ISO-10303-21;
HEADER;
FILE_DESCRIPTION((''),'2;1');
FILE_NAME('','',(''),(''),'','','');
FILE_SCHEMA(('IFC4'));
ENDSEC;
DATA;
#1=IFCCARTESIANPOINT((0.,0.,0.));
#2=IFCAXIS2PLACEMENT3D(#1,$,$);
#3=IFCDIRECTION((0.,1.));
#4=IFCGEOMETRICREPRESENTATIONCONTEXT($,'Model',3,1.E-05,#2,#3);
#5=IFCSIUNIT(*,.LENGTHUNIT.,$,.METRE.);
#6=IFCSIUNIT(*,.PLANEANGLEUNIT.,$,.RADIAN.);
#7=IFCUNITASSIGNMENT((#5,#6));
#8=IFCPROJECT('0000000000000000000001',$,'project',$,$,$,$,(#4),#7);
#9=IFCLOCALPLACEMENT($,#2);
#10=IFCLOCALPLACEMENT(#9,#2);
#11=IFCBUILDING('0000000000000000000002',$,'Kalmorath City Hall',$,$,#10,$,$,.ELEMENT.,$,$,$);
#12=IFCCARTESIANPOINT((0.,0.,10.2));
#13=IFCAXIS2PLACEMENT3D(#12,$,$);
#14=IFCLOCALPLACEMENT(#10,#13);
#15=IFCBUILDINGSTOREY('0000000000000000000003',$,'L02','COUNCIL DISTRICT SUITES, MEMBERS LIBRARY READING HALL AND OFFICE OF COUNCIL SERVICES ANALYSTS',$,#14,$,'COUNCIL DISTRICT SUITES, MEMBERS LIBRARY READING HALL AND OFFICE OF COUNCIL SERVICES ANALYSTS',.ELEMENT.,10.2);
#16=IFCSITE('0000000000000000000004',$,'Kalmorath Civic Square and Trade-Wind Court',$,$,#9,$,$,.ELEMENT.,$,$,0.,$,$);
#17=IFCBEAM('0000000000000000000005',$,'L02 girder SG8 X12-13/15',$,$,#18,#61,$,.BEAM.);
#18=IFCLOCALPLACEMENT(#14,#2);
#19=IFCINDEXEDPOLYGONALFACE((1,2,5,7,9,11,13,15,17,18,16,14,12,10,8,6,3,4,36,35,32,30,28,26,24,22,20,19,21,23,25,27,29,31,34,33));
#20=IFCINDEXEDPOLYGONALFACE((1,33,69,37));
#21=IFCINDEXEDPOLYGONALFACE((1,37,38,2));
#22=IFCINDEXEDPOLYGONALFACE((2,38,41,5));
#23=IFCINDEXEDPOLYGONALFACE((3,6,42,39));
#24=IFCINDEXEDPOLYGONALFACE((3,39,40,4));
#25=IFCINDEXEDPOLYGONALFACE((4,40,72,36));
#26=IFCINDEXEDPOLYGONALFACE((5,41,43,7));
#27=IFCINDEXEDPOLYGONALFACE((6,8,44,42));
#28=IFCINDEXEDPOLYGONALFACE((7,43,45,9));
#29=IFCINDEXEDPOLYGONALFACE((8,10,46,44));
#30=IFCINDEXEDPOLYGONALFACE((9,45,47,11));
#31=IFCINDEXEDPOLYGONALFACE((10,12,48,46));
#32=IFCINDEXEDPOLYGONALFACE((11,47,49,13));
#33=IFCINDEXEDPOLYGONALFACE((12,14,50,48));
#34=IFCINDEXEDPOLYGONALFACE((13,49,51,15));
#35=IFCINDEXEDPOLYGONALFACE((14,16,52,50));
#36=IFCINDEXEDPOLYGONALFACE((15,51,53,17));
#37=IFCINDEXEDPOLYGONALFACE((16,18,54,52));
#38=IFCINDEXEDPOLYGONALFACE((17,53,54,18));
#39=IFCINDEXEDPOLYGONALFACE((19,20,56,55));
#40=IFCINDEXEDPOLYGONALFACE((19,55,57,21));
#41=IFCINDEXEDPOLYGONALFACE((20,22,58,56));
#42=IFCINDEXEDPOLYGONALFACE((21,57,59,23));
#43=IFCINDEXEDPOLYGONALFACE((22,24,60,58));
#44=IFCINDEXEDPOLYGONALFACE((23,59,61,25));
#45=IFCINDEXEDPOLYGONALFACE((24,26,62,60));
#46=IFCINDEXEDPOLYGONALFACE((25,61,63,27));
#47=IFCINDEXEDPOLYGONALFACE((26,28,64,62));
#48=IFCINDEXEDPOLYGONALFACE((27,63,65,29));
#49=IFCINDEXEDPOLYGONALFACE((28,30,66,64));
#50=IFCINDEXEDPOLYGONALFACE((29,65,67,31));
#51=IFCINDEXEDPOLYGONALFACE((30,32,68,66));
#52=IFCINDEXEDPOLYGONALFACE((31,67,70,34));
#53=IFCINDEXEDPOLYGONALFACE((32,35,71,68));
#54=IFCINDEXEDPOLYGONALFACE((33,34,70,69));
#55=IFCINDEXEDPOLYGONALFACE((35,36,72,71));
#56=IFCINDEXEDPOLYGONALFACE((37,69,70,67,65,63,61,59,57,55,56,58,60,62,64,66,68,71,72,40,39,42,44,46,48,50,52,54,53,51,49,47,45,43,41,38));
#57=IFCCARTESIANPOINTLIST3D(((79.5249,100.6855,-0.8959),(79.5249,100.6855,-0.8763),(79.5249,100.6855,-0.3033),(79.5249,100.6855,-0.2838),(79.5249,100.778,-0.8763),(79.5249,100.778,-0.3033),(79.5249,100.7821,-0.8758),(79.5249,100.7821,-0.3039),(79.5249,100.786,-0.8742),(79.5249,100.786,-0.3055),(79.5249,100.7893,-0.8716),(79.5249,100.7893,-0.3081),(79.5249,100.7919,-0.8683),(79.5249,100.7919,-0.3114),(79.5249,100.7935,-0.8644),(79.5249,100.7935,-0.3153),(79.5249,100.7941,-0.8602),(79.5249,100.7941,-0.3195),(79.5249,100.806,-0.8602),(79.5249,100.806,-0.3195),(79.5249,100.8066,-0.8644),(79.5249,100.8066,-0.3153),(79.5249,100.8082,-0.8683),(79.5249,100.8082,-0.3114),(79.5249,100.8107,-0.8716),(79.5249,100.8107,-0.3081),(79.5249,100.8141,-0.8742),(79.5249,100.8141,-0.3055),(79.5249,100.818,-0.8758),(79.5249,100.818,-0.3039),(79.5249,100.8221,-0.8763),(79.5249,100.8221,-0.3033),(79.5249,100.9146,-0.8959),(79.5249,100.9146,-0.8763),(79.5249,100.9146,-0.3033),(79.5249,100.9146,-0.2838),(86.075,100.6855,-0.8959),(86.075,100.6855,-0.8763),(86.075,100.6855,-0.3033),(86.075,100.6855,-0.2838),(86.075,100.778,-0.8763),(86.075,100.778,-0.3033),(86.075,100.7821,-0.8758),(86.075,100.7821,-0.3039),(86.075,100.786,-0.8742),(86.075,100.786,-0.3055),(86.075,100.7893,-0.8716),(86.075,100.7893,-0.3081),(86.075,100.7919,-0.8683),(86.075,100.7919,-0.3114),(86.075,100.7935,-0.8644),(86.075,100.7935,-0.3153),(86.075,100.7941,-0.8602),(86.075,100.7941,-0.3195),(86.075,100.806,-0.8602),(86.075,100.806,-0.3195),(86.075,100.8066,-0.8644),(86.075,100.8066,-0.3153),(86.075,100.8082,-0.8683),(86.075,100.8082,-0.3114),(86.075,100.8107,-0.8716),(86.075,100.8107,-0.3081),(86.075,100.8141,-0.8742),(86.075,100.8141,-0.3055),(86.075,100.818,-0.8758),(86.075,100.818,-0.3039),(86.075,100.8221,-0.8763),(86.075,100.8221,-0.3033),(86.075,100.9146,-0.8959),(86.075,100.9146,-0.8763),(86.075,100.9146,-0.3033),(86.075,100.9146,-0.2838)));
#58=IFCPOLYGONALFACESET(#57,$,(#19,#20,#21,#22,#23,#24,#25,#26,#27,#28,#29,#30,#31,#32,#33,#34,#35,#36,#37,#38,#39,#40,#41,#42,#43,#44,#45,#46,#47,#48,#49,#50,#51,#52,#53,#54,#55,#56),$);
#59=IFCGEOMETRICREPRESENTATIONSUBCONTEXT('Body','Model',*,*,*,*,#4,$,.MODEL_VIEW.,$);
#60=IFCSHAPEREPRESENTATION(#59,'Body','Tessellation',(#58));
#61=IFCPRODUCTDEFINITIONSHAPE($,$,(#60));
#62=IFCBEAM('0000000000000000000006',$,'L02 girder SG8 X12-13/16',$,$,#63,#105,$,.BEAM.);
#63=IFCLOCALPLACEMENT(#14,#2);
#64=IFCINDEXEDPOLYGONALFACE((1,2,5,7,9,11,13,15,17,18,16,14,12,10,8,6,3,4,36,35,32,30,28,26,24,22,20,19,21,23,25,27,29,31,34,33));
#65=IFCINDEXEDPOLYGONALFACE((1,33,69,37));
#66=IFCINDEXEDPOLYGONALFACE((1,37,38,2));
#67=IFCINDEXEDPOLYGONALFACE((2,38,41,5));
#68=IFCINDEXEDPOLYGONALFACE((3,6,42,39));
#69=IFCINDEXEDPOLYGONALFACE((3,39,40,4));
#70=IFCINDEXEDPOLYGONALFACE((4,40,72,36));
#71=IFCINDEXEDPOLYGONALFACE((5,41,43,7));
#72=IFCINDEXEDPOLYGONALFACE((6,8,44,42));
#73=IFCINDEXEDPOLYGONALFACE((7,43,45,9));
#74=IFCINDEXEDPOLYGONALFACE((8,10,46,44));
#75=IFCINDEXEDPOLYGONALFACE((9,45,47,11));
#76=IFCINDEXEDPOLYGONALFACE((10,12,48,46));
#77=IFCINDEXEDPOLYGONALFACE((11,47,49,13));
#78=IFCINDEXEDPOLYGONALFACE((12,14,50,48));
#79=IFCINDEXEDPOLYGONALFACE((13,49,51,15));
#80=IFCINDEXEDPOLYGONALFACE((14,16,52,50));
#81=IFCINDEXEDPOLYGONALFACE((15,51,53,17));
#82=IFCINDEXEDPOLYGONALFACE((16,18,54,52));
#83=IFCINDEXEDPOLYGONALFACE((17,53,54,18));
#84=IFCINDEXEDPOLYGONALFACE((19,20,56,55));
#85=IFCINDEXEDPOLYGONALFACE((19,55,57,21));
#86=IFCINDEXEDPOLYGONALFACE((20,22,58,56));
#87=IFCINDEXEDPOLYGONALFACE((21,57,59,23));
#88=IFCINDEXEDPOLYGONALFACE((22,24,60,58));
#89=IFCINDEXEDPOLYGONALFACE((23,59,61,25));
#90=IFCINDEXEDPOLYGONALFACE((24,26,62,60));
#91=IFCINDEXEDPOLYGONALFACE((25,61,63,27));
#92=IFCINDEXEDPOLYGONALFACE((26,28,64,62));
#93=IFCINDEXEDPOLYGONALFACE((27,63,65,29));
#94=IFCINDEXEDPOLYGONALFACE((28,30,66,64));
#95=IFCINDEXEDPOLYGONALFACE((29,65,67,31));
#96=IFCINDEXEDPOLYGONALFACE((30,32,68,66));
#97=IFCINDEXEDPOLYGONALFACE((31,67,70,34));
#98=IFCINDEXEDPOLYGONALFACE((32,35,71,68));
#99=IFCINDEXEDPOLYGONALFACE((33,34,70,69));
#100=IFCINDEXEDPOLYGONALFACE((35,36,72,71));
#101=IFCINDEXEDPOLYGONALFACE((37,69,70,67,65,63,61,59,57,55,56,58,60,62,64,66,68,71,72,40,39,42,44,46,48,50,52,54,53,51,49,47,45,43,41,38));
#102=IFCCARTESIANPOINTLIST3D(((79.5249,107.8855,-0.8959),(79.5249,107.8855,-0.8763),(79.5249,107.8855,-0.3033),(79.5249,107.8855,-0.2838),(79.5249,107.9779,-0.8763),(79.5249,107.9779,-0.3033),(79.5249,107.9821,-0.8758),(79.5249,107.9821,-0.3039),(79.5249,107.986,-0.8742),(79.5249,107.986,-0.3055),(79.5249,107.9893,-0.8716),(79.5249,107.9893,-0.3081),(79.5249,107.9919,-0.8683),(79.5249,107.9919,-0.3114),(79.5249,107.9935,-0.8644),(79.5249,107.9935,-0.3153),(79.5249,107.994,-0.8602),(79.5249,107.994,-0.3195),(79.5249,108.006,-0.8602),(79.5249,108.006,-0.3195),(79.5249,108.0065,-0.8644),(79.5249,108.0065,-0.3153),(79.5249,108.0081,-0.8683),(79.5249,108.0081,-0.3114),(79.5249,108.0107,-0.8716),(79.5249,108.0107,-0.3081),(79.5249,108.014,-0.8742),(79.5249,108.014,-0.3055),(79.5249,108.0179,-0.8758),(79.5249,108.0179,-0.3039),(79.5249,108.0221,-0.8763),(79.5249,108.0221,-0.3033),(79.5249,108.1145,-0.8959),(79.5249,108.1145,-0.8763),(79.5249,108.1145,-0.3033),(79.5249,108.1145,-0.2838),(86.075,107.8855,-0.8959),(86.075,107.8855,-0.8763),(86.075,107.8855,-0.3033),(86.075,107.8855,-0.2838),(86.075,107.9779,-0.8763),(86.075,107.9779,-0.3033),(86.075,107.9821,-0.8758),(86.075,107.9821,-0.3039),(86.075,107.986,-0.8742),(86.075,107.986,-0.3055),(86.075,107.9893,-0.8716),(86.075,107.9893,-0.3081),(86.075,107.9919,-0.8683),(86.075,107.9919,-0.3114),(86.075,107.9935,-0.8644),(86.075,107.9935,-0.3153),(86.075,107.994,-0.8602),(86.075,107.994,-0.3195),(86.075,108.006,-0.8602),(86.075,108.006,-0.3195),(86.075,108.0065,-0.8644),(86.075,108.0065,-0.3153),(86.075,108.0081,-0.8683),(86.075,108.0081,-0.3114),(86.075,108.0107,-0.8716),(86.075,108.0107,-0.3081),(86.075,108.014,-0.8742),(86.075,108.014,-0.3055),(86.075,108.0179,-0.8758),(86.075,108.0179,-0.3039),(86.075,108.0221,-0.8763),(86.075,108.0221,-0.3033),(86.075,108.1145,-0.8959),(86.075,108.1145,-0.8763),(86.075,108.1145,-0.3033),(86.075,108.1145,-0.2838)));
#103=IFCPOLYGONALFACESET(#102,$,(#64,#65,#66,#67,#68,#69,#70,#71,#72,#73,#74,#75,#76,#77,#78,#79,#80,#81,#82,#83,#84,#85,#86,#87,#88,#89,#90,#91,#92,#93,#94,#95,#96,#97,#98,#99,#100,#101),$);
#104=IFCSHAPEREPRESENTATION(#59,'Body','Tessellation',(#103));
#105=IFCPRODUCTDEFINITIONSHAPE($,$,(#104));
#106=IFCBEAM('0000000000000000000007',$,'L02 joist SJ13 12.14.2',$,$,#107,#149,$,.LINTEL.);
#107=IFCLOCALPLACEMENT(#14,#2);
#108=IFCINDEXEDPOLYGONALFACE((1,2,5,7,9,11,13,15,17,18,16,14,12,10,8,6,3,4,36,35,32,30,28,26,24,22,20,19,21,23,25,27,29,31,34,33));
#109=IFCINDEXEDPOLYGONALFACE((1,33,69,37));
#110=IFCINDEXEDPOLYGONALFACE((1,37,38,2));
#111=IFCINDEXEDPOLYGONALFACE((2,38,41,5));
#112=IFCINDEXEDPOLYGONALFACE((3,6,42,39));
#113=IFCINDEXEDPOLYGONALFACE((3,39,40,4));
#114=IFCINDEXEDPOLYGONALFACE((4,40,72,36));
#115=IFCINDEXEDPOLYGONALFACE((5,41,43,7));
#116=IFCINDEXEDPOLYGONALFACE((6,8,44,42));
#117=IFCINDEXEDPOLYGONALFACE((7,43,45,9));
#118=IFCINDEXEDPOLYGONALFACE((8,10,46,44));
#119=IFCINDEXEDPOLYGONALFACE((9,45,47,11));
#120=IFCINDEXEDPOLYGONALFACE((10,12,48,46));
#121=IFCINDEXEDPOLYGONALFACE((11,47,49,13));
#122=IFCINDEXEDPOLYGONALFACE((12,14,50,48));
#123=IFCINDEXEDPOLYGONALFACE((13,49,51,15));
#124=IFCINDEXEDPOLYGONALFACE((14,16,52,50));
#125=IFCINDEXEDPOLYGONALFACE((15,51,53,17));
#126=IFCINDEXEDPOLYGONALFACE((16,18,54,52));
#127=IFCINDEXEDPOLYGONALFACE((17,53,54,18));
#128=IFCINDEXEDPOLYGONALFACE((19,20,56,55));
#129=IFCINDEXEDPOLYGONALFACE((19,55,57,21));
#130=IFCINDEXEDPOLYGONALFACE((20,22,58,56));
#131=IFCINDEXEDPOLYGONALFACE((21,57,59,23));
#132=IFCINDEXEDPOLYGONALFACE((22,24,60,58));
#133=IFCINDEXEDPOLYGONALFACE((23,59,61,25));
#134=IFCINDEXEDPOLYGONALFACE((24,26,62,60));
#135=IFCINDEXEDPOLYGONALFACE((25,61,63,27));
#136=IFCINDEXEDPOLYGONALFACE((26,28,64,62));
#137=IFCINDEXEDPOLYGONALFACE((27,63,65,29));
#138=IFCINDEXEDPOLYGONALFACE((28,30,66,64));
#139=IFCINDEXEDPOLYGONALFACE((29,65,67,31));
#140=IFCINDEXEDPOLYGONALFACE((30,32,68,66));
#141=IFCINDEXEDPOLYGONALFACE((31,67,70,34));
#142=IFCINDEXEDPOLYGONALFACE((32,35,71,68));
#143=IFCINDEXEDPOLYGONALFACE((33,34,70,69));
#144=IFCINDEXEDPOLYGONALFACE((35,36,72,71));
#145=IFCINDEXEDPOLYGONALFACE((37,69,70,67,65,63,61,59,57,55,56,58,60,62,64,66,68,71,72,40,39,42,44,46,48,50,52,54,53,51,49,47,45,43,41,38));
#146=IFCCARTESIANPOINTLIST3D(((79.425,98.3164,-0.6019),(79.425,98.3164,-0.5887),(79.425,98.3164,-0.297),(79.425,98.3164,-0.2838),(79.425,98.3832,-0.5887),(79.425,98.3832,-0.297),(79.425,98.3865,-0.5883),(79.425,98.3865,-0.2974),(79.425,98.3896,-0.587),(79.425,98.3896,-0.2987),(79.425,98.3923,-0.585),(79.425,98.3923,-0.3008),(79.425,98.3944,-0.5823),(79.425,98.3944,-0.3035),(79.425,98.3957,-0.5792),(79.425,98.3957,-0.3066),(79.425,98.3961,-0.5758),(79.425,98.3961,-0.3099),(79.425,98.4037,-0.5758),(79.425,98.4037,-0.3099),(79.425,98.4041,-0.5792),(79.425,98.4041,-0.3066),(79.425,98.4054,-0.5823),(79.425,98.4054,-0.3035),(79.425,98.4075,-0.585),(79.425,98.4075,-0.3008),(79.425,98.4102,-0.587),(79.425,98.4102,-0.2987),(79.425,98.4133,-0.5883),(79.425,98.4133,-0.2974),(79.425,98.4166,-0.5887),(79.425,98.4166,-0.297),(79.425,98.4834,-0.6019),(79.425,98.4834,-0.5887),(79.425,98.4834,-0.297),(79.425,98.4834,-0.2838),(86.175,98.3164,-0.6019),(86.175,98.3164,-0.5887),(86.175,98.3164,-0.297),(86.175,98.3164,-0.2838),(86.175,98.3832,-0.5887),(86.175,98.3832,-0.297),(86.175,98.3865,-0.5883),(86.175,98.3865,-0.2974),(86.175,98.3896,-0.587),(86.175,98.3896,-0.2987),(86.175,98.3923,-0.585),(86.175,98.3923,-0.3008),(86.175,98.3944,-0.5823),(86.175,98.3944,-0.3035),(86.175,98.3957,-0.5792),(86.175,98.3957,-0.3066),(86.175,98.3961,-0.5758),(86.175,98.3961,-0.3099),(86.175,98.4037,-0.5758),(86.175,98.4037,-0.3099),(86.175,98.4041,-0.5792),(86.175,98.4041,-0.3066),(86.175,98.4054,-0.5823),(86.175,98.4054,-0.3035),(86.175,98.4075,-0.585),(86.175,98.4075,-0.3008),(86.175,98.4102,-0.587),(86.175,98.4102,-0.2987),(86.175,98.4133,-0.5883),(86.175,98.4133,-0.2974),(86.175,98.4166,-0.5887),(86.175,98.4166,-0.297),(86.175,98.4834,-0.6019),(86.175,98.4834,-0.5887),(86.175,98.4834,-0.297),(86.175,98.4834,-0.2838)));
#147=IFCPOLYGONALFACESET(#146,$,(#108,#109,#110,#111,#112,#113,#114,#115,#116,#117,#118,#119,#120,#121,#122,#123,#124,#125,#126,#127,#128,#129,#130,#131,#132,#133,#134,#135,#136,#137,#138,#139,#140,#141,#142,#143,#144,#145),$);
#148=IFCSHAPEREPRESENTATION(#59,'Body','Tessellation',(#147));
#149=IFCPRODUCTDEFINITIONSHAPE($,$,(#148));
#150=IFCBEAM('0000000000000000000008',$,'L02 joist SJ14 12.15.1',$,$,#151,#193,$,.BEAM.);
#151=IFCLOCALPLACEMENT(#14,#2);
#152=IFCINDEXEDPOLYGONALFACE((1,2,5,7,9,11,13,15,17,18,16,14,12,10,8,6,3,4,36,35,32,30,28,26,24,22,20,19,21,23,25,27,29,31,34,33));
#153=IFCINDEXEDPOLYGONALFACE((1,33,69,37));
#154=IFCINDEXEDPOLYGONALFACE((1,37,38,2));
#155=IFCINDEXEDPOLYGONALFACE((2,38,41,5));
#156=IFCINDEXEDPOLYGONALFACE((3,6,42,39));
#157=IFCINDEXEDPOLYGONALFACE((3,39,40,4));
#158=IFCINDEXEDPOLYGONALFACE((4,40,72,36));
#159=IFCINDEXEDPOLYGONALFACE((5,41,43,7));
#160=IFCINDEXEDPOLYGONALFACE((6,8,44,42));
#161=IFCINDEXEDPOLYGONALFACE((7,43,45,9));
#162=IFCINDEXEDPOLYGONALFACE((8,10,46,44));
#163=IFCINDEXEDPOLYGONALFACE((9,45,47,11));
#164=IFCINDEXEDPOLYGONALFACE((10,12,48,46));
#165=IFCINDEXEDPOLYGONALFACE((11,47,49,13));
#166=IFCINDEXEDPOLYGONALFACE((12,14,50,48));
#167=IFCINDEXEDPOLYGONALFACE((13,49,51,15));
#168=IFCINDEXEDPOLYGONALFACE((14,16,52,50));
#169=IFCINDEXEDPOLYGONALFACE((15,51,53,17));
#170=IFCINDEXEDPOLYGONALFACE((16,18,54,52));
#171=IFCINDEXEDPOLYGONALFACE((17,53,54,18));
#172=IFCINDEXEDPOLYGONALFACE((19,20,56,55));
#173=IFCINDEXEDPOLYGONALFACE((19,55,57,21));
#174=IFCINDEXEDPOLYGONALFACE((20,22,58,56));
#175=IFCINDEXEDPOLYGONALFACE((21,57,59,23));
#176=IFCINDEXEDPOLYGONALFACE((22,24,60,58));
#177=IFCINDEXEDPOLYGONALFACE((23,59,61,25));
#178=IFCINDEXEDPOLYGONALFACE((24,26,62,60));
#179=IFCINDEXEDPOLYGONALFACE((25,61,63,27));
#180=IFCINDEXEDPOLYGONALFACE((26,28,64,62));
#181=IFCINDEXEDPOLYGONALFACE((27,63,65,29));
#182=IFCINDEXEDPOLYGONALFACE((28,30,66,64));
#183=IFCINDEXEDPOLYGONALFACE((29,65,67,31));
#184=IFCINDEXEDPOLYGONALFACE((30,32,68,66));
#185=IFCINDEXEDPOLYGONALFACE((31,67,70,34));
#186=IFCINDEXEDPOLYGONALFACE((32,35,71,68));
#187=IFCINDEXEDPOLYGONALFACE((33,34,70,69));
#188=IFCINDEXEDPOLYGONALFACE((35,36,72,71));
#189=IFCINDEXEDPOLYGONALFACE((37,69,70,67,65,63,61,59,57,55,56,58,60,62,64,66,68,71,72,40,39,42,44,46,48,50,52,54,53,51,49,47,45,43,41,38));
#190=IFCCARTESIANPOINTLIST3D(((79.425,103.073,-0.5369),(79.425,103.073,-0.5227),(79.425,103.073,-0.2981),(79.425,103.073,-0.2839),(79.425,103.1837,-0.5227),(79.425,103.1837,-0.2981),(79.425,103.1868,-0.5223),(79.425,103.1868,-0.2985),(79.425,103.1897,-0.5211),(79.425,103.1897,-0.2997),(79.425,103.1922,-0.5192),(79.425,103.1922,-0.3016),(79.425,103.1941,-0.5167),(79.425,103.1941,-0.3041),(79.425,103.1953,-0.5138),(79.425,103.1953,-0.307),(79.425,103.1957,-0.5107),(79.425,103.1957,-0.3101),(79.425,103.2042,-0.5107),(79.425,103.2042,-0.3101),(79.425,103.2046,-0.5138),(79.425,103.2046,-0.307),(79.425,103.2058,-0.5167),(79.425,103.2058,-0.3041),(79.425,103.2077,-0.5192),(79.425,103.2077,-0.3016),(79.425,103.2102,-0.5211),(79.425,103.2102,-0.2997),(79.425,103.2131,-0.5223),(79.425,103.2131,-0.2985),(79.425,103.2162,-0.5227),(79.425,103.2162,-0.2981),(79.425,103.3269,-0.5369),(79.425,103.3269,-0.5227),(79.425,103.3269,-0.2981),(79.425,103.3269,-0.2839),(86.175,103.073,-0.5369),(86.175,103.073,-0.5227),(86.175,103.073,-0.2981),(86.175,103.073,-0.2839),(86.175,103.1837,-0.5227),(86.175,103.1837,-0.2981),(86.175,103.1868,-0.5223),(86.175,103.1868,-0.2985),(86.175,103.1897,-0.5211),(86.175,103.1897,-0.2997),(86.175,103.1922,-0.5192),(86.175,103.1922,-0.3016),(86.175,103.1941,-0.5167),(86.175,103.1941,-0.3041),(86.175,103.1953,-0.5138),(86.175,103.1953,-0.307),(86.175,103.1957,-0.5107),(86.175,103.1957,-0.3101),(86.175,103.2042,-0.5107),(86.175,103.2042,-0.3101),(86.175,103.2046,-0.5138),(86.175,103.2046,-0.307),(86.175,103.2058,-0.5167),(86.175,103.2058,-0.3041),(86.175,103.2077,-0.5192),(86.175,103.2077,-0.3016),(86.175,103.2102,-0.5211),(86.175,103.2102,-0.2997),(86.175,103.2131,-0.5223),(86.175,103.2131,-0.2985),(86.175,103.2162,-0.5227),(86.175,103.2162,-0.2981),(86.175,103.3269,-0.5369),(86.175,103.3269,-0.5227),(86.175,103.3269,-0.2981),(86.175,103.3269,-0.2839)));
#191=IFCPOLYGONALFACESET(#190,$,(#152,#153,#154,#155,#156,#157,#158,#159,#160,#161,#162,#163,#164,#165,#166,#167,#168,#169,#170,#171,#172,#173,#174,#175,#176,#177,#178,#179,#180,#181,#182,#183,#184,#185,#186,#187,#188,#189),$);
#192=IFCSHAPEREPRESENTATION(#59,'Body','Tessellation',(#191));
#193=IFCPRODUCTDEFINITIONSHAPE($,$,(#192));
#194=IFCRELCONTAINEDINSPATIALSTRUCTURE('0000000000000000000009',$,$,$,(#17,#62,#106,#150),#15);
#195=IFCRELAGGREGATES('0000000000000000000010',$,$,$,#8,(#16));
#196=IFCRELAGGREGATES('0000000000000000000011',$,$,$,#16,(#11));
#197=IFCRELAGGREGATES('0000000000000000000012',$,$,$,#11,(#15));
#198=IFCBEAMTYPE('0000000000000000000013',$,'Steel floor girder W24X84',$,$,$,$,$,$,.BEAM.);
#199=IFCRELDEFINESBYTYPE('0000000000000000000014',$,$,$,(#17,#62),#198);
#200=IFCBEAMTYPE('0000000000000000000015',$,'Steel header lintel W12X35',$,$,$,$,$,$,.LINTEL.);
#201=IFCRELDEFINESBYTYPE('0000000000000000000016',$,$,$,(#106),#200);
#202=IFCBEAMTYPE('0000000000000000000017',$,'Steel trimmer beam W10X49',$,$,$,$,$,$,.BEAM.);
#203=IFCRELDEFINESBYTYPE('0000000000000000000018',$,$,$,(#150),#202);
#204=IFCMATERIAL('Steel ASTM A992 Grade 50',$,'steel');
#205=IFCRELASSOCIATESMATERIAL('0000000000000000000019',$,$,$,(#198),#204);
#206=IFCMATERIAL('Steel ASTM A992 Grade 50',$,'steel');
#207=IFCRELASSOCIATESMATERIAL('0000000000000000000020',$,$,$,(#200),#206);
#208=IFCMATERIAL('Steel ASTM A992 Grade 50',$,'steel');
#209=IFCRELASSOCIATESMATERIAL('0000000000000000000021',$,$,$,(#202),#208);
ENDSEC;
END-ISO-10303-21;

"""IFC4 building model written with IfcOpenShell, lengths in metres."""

from ifc_helpers import new_model, si_unit, direction, frame, origin, origin_2d, place, context, subcontext, project, spatial, i_section, extrude, material, material_profile, profile_set, type_object, element, save


model = new_model("IFC4")

# Units and contexts
model_context = context("Model", 3, precision=1e-05, world=origin(), true_north=direction((0.0, 1.0)))
body_context = subcontext(model_context, "Body", "Model", "MODEL_VIEW")
ifc_project = project(units=[si_unit("LENGTHUNIT", "METRE"), si_unit("PLANEANGLEUNIT", "RADIAN")], contexts=[model_context])

# Site, building, storey
site_placement = place(None, origin())
site = spatial("IfcSite", under=ifc_project, at=site_placement, Name="Kalmorath Civic Square and Trade-Wind Court", CompositionType="ELEMENT", RefElevation=0.0)
building_placement = place(site_placement, origin())
building = spatial("IfcBuilding", under=site, at=building_placement, Name="Kalmorath City Hall", CompositionType="ELEMENT")
storey_placement = place(building_placement, frame((0.0, 0.0, 10.2)))
storey = spatial("IfcBuildingStorey", under=building, at=storey_placement, Name="L02", Description="COUNCIL DISTRICT SUITES, MEMBERS LIBRARY READING HALL AND OFFICE OF COUNCIL SERVICES ANALYSTS", LongName="COUNCIL DISTRICT SUITES, MEMBERS LIBRARY READING HALL AND OFFICE OF COUNCIL SERVICES ANALYSTS", CompositionType="ELEMENT", Elevation=10.2)

# Beams
ifc_material_1 = material(Name="Steel ASTM A992 Grade 50", Category="steel")
ifc_material_profile_1 = material_profile(ifc_material_1, i_section(OverallWidth=0.229, OverallDepth=0.6121, WebThickness=0.012, FlangeThickness=0.0195, FilletRadius=0.0161, at=origin_2d()), Name="W24X84")
ifc_profile_set_1 = profile_set([ifc_material_profile_1], Name="Steel ASTM A992 Grade 50")
beam_type_1 = type_object("IfcBeamType", Name="Steel floor girder W24X84", PredefinedType="BEAM", material=ifc_profile_set_1)
for number, where, z_axis, x_axis, name in (
    (1, (79.5249, 100.8, -0.5898), (1.0, 0.0, 0.0), (0.0, 1.0, 0.0), "L02 girder SG8 X12-13/15"),
    (2, (79.5249, 108.0, -0.5898), (1.0, 0.0, 0.0), (0.0, 1.0, 0.0), "L02 girder SG8 X12-13/16"),
):
    element("IfcBeam", number, at=place(storey_placement, frame(where, z_axis=z_axis, x_axis=x_axis)), inside=storey, type_object=beam_type_1, Name=name, PredefinedType="BEAM", context=body_context, shape_type="SweptSolid", body=[
        extrude(i_section(OverallWidth=0.229, OverallDepth=0.6121, WebThickness=0.012, FlangeThickness=0.0195, FilletRadius=0.0161, at=origin_2d()), origin(), (0.0, 0.0, 1.0), 6.55),
    ])
ifc_material_2 = material(Name="Steel ASTM A992 Grade 50", Category="steel")
ifc_material_profile_2 = material_profile(ifc_material_2, i_section(OverallWidth=0.167, OverallDepth=0.3181, WebThickness=0.0076, FlangeThickness=0.0132, FilletRadius=0.0129, at=origin_2d()), Name="W12X35")
ifc_profile_set_2 = profile_set([ifc_material_profile_2], Name="Steel ASTM A992 Grade 50")
beam_type_2 = type_object("IfcBeamType", Name="Steel header lintel W12X35", PredefinedType="LINTEL", material=ifc_profile_set_2)
beam_1_placement = place(storey_placement, frame((79.425, 98.3999, -0.4429), z_axis=(1.0, 0.0, 0.0), x_axis=(0.0, 1.0, 0.0)))
element("IfcBeam", 3, at=beam_1_placement, inside=storey, type_object=beam_type_2, Name="L02 joist SJ13 12.14.2", PredefinedType="LINTEL", context=body_context, shape_type="SweptSolid", body=[
    extrude(i_section(OverallWidth=0.167, OverallDepth=0.3181, WebThickness=0.0076, FlangeThickness=0.0132, FilletRadius=0.0129, at=origin_2d()), origin(), (0.0, 0.0, 1.0), 6.75),
])
ifc_material_3 = material(Name="Steel ASTM A992 Grade 50", Category="steel")
ifc_material_profile_3 = material_profile(ifc_material_3, i_section(OverallWidth=0.2539, OverallDepth=0.2529, WebThickness=0.0085, FlangeThickness=0.0142, FilletRadius=0.012, at=origin_2d()), Name="W10X49")
ifc_profile_set_3 = profile_set([ifc_material_profile_3], Name="Steel ASTM A992 Grade 50")
beam_type_3 = type_object("IfcBeamType", Name="Steel trimmer beam W10X49", PredefinedType="BEAM", material=ifc_profile_set_3)
for number, where, z_axis, x_axis, name in (
    (4, (79.425, 103.2, -0.4104), (1.0, 0.0, 0.0), (0.0, 1.0, 0.0), "L02 joist SJ14 12.15.1"),
):
    element("IfcBeam", number, at=place(storey_placement, frame(where, z_axis=z_axis, x_axis=x_axis)), inside=storey, type_object=beam_type_3, Name=name, PredefinedType="BEAM", context=body_context, shape_type="SweptSolid", body=[
        extrude(i_section(OverallWidth=0.2539, OverallDepth=0.2529, WebThickness=0.0085, FlangeThickness=0.0142, FilletRadius=0.012, at=origin_2d()), origin(), (0.0, 0.0, 1.0), 6.75),
    ])

save(model, "model.ifc")
